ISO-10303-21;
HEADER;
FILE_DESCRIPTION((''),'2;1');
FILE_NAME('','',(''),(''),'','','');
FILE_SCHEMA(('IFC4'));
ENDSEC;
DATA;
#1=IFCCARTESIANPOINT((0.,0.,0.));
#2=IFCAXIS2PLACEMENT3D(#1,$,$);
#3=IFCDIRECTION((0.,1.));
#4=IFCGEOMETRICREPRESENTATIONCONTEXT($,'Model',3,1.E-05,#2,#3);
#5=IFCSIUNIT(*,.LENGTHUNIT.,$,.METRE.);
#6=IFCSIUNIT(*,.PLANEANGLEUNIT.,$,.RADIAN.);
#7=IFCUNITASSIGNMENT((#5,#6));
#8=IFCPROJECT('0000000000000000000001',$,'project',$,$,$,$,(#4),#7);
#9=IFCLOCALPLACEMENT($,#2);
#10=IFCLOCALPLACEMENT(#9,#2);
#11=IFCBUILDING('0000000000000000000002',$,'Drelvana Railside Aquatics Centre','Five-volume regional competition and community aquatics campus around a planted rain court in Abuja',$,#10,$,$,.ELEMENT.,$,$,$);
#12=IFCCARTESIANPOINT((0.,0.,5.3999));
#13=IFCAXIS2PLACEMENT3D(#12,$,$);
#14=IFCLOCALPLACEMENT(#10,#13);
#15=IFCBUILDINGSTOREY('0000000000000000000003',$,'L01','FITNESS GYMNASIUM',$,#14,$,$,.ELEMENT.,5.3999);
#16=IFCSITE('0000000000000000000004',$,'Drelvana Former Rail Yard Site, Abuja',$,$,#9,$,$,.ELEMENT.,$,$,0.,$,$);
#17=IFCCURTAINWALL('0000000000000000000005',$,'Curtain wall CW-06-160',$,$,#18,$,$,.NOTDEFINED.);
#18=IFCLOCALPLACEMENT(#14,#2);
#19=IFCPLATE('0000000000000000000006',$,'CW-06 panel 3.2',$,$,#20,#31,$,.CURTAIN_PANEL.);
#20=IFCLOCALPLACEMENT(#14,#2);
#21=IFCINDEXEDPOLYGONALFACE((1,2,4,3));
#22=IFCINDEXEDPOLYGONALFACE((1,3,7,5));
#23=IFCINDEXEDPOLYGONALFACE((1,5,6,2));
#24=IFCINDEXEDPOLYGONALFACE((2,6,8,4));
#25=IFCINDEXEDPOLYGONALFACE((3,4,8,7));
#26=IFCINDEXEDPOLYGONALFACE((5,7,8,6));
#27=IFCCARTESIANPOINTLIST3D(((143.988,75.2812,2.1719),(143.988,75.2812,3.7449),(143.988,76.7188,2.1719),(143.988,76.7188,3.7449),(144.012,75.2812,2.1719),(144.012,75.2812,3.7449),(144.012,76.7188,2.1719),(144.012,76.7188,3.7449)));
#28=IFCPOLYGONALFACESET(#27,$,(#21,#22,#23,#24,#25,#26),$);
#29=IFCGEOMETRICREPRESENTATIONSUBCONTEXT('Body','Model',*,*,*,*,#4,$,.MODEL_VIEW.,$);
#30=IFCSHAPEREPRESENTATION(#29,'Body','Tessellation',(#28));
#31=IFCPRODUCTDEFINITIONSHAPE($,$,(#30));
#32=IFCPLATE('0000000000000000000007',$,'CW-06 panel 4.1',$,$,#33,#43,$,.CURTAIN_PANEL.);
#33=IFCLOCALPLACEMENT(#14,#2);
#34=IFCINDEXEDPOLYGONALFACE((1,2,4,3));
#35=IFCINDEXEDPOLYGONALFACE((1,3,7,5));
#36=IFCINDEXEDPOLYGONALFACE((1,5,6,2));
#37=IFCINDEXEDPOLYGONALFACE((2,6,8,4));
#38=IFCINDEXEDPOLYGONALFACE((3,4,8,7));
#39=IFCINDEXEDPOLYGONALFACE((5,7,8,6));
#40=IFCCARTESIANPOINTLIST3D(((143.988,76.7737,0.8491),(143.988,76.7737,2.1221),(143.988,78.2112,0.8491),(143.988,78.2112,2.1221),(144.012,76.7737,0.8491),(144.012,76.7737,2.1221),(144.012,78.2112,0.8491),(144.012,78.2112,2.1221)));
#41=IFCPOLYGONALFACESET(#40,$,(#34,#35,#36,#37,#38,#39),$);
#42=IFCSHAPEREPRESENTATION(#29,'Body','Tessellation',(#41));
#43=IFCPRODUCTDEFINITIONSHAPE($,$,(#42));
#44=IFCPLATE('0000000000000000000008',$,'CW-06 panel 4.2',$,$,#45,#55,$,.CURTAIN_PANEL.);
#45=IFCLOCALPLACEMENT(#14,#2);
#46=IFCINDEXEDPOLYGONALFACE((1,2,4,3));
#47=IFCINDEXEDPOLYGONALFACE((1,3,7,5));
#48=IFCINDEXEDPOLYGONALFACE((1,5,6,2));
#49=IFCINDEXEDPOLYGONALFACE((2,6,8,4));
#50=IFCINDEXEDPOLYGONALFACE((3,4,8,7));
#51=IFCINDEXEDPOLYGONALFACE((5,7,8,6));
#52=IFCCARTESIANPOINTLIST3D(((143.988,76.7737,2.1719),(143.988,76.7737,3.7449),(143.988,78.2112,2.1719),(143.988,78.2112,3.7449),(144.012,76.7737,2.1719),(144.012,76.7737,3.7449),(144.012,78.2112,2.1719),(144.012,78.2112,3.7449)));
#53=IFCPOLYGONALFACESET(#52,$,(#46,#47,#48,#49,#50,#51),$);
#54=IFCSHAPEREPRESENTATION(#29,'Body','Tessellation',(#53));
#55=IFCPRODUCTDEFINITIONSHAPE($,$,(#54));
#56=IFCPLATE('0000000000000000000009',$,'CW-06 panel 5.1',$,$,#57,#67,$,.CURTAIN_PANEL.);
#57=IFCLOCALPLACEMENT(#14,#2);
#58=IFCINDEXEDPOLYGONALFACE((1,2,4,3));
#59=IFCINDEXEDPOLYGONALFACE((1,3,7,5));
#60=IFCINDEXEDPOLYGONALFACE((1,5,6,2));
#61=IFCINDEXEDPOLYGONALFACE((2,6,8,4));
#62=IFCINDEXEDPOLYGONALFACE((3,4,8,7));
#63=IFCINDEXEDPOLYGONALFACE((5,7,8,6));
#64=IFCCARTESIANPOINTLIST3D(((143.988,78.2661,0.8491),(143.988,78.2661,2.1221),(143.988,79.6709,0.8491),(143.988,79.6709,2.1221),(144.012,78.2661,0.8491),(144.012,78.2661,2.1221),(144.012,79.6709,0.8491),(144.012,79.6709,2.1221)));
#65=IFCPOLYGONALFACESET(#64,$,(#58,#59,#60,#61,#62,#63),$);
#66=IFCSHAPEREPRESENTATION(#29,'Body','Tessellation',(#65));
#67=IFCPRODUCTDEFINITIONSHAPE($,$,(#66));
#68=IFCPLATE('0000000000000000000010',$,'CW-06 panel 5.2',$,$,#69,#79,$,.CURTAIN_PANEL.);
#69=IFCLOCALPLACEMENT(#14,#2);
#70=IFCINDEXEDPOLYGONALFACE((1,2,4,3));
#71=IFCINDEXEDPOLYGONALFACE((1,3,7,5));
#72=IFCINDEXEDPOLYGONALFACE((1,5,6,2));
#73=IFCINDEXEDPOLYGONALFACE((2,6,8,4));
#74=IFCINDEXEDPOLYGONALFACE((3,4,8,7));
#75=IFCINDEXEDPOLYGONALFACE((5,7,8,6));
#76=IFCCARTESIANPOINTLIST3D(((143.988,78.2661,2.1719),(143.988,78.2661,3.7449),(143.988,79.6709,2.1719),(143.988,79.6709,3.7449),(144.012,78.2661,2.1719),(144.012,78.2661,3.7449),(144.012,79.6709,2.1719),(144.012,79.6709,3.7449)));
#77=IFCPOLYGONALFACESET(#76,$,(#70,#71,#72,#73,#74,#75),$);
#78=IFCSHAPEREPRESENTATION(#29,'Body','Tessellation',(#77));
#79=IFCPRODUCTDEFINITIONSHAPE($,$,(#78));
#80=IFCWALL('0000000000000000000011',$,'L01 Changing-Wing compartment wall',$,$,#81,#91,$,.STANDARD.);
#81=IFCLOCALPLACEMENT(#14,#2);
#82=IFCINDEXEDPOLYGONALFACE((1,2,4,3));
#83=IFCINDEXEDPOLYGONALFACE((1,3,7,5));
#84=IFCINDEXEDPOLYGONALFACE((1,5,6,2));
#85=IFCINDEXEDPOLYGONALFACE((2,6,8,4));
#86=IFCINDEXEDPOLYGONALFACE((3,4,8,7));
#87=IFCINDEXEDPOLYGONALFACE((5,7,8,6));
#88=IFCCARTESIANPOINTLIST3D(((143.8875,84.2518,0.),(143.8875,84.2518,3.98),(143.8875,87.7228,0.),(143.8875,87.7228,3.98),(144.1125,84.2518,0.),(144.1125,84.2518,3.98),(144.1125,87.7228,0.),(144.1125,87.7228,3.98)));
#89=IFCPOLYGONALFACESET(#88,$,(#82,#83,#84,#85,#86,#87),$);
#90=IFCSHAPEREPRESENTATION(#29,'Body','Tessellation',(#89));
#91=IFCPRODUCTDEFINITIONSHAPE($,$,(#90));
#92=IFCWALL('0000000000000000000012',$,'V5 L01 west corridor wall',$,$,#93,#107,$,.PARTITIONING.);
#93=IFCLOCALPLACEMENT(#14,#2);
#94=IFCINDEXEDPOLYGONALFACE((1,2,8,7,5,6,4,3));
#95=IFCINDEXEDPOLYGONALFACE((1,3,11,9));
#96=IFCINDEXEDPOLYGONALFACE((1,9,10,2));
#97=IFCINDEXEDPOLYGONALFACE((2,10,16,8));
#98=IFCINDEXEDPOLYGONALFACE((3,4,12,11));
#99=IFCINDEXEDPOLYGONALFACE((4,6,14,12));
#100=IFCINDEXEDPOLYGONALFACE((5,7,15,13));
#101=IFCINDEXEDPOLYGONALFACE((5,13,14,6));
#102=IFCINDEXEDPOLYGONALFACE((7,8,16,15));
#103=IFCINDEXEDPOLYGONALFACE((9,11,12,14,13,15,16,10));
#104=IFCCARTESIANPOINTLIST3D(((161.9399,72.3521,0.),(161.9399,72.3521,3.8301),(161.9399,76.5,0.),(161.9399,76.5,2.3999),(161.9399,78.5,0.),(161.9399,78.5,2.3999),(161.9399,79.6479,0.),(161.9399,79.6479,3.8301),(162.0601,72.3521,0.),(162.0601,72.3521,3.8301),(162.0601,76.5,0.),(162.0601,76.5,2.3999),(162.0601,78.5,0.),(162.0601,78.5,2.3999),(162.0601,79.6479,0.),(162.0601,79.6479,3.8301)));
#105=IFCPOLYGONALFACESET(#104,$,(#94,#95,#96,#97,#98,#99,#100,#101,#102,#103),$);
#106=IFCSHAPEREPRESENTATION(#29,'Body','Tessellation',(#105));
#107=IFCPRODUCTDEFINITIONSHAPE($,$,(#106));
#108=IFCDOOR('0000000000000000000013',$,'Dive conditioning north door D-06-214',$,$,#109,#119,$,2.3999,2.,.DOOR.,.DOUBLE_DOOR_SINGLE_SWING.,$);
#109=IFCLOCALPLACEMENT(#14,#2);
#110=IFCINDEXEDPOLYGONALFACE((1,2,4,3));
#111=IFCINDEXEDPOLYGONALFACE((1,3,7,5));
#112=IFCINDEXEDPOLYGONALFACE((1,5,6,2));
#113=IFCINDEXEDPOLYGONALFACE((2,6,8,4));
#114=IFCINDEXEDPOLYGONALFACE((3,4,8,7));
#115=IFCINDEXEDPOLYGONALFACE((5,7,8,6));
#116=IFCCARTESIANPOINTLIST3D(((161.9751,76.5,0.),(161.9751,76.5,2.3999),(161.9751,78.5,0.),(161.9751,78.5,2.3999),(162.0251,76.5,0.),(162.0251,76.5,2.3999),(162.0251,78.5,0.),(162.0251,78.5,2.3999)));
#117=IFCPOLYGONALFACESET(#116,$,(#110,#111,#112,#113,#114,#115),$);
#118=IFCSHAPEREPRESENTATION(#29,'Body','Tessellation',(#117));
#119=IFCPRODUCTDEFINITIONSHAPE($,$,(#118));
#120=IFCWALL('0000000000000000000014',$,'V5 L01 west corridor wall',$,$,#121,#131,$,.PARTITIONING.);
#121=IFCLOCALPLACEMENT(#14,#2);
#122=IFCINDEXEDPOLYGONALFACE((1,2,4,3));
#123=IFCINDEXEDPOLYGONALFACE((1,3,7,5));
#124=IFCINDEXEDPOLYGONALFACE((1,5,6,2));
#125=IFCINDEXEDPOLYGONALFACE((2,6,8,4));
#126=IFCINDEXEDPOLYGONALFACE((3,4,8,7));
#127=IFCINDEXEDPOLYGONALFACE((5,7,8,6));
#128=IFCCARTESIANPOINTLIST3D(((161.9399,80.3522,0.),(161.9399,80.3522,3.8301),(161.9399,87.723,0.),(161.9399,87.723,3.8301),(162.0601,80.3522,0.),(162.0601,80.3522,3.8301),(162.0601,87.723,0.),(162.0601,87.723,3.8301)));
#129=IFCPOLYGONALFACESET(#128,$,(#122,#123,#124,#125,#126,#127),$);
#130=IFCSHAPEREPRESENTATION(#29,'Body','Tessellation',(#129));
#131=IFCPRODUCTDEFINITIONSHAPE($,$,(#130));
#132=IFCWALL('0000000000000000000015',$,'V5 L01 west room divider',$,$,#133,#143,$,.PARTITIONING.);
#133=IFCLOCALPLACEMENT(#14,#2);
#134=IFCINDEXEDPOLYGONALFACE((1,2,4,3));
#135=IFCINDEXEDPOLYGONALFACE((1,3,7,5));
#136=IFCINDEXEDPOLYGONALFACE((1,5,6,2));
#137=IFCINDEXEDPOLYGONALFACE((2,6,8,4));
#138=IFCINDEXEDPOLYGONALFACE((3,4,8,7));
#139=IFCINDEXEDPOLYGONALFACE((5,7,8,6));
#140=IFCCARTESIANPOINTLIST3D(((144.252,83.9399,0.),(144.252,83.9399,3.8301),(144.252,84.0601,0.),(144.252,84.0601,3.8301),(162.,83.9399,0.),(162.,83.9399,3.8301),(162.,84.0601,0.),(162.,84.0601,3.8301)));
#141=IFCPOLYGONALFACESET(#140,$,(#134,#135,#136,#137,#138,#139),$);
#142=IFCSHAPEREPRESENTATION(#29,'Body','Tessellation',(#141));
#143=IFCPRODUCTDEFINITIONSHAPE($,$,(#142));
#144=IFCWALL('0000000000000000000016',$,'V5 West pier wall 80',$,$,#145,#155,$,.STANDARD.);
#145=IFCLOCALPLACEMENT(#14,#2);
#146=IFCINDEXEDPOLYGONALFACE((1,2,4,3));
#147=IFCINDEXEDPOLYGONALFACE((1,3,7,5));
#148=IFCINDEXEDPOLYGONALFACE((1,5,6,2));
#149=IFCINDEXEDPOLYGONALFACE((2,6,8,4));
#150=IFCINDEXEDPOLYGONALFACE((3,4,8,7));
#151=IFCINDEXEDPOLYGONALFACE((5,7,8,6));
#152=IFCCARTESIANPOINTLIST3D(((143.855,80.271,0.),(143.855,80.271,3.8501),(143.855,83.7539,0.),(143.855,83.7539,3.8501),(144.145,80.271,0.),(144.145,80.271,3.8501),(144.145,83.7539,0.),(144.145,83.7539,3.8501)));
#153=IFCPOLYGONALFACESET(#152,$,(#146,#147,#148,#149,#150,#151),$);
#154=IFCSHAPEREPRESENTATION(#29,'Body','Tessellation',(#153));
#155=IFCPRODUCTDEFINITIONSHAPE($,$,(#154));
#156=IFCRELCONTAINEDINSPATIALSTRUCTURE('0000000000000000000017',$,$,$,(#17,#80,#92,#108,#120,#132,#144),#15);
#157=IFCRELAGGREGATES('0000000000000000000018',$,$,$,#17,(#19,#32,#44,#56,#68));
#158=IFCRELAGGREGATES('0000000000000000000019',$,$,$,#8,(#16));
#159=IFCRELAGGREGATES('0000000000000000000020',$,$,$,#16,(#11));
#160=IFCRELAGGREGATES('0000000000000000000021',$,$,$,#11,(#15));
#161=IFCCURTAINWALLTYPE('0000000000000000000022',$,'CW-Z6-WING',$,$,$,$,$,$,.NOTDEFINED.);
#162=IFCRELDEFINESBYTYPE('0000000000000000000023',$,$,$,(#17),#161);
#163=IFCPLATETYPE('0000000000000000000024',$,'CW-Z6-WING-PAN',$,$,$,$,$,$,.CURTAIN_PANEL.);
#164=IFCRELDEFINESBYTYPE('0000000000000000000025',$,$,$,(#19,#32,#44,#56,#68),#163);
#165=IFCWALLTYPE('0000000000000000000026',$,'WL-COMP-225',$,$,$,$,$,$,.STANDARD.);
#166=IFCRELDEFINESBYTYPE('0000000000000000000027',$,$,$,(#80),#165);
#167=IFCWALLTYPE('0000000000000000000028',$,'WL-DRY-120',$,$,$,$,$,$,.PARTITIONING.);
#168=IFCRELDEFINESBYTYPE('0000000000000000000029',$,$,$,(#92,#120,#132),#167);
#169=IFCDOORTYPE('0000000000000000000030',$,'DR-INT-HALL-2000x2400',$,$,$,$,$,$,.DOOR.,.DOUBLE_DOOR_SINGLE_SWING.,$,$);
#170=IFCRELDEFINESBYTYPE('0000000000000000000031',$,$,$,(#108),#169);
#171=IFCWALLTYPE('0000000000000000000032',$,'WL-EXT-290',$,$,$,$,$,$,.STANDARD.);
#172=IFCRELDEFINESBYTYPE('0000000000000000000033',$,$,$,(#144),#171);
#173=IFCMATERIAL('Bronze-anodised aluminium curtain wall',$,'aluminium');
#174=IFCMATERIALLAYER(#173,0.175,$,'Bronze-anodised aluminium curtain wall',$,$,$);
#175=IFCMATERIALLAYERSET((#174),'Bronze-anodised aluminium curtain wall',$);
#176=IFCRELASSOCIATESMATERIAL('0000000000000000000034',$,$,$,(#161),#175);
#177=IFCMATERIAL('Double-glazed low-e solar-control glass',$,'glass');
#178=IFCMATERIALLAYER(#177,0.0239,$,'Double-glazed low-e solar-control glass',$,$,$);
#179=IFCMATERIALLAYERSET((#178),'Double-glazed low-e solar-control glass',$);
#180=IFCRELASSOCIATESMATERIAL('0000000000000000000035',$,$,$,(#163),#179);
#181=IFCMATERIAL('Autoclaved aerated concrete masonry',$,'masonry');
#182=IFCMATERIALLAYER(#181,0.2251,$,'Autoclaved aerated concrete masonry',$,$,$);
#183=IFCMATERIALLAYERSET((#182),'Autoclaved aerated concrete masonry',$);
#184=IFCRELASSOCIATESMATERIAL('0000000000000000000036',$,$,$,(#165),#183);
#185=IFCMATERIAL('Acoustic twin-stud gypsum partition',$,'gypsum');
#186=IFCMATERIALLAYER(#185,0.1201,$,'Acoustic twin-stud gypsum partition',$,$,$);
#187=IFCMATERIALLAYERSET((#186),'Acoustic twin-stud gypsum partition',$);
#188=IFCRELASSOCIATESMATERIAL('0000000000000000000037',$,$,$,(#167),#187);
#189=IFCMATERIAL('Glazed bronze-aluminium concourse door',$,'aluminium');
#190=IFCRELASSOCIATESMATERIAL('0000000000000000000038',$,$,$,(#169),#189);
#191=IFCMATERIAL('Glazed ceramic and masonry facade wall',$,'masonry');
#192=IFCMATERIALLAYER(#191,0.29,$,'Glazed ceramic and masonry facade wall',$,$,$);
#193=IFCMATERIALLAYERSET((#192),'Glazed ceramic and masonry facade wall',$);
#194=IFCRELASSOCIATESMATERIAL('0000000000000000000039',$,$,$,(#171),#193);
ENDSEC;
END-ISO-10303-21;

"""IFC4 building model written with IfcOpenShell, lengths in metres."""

from ifc_helpers import new_model, si_unit, direction, frame, frame_2d, origin, origin_2d, place, context, subcontext, project, spatial, rectangle, extrude, material, layer, layer_set, type_object, element, fill, aggregate, save


model = new_model("IFC4")

# Units and contexts
model_context = context("Model", 3, precision=1e-05, world=origin(), true_north=direction((0.0, 1.0)))
body_context = subcontext(model_context, "Body", "Model", "MODEL_VIEW")
ifc_project = project(units=[si_unit("LENGTHUNIT", "METRE"), si_unit("PLANEANGLEUNIT", "RADIAN")], contexts=[model_context])

# Site, building, storey
site_placement = place(None, origin())
site = spatial("IfcSite", under=ifc_project, at=site_placement, Name="Drelvana Former Rail Yard Site, Abuja", CompositionType="ELEMENT", RefElevation=0.0)
building_placement = place(site_placement, origin())
building = spatial("IfcBuilding", under=site, at=building_placement, Name="Drelvana Railside Aquatics Centre", Description="Five-volume regional competition and community aquatics campus around a planted rain court in Abuja", CompositionType="ELEMENT")
storey_placement = place(building_placement, frame((0.0, 0.0, 5.3999)))
storey = spatial("IfcBuildingStorey", under=building, at=storey_placement, Name="L01", Description="FITNESS GYMNASIUM", CompositionType="ELEMENT", Elevation=5.3999)

# Curtain wall
ifc_material_1 = material(Name="Bronze-anodised aluminium curtain wall", Category="aluminium")
ifc_layer_1 = layer(ifc_material_1, 0.175, Name="Bronze-anodised aluminium curtain wall")
ifc_layer_set_1 = layer_set([ifc_layer_1], Name="Bronze-anodised aluminium curtain wall")
curtain_wall_type = type_object("IfcCurtainWallType", Name="CW-Z6-WING", PredefinedType="NOTDEFINED", material=ifc_layer_set_1)
curtain_wall_placement = place(storey_placement, origin())
curtain_wall = element("IfcCurtainWall", 1, at=curtain_wall_placement, inside=storey, type_object=curtain_wall_type, Name="Curtain wall CW-06-160", PredefinedType="NOTDEFINED")

# Plates
ifc_material_2 = material(Name="Double-glazed low-e solar-control glass", Category="glass")
ifc_layer_2 = layer(ifc_material_2, 0.0239, Name="Double-glazed low-e solar-control glass")
ifc_layer_set_2 = layer_set([ifc_layer_2], Name="Double-glazed low-e solar-control glass")
plate_type = type_object("IfcPlateType", Name="CW-Z6-WING-PAN", PredefinedType="CURTAIN_PANEL", material=ifc_layer_set_2)
plate_1_placement = place(storey_placement, frame((144.0, 76.0, 2.1719), z_axis=(0.0, 0.0, 1.0), x_axis=(0.0, 1.0, 0.0)))
plate_1 = element("IfcPlate", 2, at=plate_1_placement, type_object=plate_type, Name="CW-06 panel 3.2", PredefinedType="CURTAIN_PANEL", context=body_context, shape_type="SweptSolid", body=[
    extrude(rectangle(XDim=1.4375, YDim=0.0239, at=origin_2d()), origin(), (0.0, 0.0, 1.0), 1.573),
])
plate_2_placement = place(storey_placement, frame((144.0, 77.4924, 0.8491), z_axis=(0.0, 0.0, 1.0), x_axis=(0.0, 1.0, 0.0)))
plate_2 = element("IfcPlate", 3, at=plate_2_placement, type_object=plate_type, Name="CW-06 panel 4.1", PredefinedType="CURTAIN_PANEL", context=body_context, shape_type="SweptSolid", body=[
    extrude(rectangle(XDim=1.4375, YDim=0.0239, at=origin_2d()), origin(), (0.0, 0.0, 1.0), 1.2729),
])
plate_3_placement = place(storey_placement, frame((144.0, 77.4924, 2.1719), z_axis=(0.0, 0.0, 1.0), x_axis=(0.0, 1.0, 0.0)))
plate_3 = element("IfcPlate", 4, at=plate_3_placement, type_object=plate_type, Name="CW-06 panel 4.2", PredefinedType="CURTAIN_PANEL", context=body_context, shape_type="SweptSolid", body=[
    extrude(rectangle(XDim=1.4375, YDim=0.0239, at=origin_2d()), origin(), (0.0, 0.0, 1.0), 1.573),
])
plate_4_placement = place(storey_placement, frame((144.0, 78.9685, 0.8491), z_axis=(0.0, 0.0, 1.0), x_axis=(0.0, 1.0, 0.0)))
plate_4 = element("IfcPlate", 5, at=plate_4_placement, type_object=plate_type, Name="CW-06 panel 5.1", PredefinedType="CURTAIN_PANEL", context=body_context, shape_type="SweptSolid", body=[
    extrude(rectangle(XDim=1.4048, YDim=0.0239, at=origin_2d()), origin(), (0.0, 0.0, 1.0), 1.2729),
])
plate_5_placement = place(storey_placement, frame((144.0, 78.9685, 2.1719), z_axis=(0.0, 0.0, 1.0), x_axis=(0.0, 1.0, 0.0)))
plate_5 = element("IfcPlate", 6, at=plate_5_placement, type_object=plate_type, Name="CW-06 panel 5.2", PredefinedType="CURTAIN_PANEL", context=body_context, shape_type="SweptSolid", body=[
    extrude(rectangle(XDim=1.4048, YDim=0.0239, at=origin_2d()), origin(), (0.0, 0.0, 1.0), 1.573),
])
aggregate(curtain_wall, [plate_1, plate_2, plate_3, plate_4, plate_5])

# Wall
ifc_material_3 = material(Name="Autoclaved aerated concrete masonry", Category="masonry")
ifc_layer_3 = layer(ifc_material_3, 0.2251, Name="Autoclaved aerated concrete masonry")
ifc_layer_set_3 = layer_set([ifc_layer_3], Name="Autoclaved aerated concrete masonry")
wall_type_1 = type_object("IfcWallType", Name="WL-COMP-225", PredefinedType="STANDARD", material=ifc_layer_set_3)
wall_1_placement = place(storey_placement, frame((144.0, 84.252, 0.0), z_axis=(0.0, 0.0, 1.0), x_axis=(0.0, 1.0, 0.0)))
element("IfcWall", 7, at=wall_1_placement, inside=storey, type_object=wall_type_1, Name="L01 Changing-Wing compartment wall", PredefinedType="STANDARD", context=body_context, shape_type="SweptSolid", body=[
    extrude(rectangle(XDim=3.4709, YDim=0.2251, at=frame_2d((1.7354, 0.0))), origin(), (0.0, 0.0, 1.0), 3.98),
])

# Wall, opening, door
ifc_material_4 = material(Name="Acoustic twin-stud gypsum partition", Category="gypsum")
ifc_layer_4 = layer(ifc_material_4, 0.1201, Name="Acoustic twin-stud gypsum partition")
ifc_layer_set_4 = layer_set([ifc_layer_4], Name="Acoustic twin-stud gypsum partition")
wall_type_2 = type_object("IfcWallType", Name="WL-DRY-120", PredefinedType="PARTITIONING", material=ifc_layer_set_4)
wall_2_placement = place(storey_placement, frame((162.0, 72.3521, 0.0), z_axis=(0.0, 0.0, 1.0), x_axis=(0.0, 1.0, 0.0)))
wall_2 = element("IfcWall", 8, at=wall_2_placement, inside=storey, type_object=wall_type_2, Name="V5 L01 west corridor wall", PredefinedType="PARTITIONING", context=body_context, shape_type="SweptSolid", body=[
    extrude(rectangle(XDim=7.2959, YDim=0.1201, at=frame_2d((3.6479, 0.0))), origin(), (0.0, 0.0, 1.0), 3.8301),
])
opening_placement = place(wall_2_placement, frame((4.1479, 0.0, 0.0)))
opening = element("IfcOpeningElement", 9, at=opening_placement, cuts=wall_2, PredefinedType="OPENING", context=body_context, shape_type="SweptSolid", body=[
    extrude(rectangle(XDim=2.0, YDim=2.3999, at=frame_2d((1.0, 1.2))), frame((0.0, 0.0701, 0.0), z_axis=(0.0, -1.0, 0.0), x_axis=(1.0, 0.0, 0.0)), (0.0, 0.0, 1.0), 0.1401),
])
ifc_material_5 = material(Name="Glazed bronze-aluminium concourse door", Category="aluminium")
door_type = type_object("IfcDoorType", Name="DR-INT-HALL-2000x2400", OperationType="DOUBLE_DOOR_SINGLE_SWING", PredefinedType="DOOR", material=ifc_material_5)
door_placement = place(opening_placement, origin())
door = element("IfcDoor", 10, at=door_placement, inside=storey, type_object=door_type, Name="Dive conditioning north door D-06-214", OperationType="DOUBLE_DOOR_SINGLE_SWING", OverallHeight=2.3999, OverallWidth=2.0, PredefinedType="DOOR", context=body_context, shape_type="SweptSolid", body=[
    extrude(rectangle(XDim=2.0, YDim=2.3999, at=frame_2d((1.0, 1.2))), frame((0.0, 0.0249, 0.0), z_axis=(0.0, -1.0, 0.0), x_axis=(1.0, 0.0, 0.0)), (0.0, 0.0, 1.0), 0.05),
])
fill(opening, door)

# Walls
wall_3_placement = place(storey_placement, frame((162.0, 80.3521, 0.0), z_axis=(0.0, 0.0, 1.0), x_axis=(0.0, 1.0, 0.0)))
element("IfcWall", 11, at=wall_3_placement, inside=storey, type_object=wall_type_2, Name="V5 L01 west corridor wall", PredefinedType="PARTITIONING", context=body_context, shape_type="SweptSolid", body=[
    extrude(rectangle(XDim=7.3708, YDim=0.1201, at=frame_2d((3.6855, 0.0))), origin(), (0.0, 0.0, 1.0), 3.8301),
])
wall_4_placement = place(storey_placement, frame((144.252, 84.0, 0.0), z_axis=(0.0, 0.0, 1.0), x_axis=(1.0, 0.0, 0.0)))
element("IfcWall", 12, at=wall_4_placement, inside=storey, type_object=wall_type_2, Name="V5 L01 west room divider", PredefinedType="PARTITIONING", context=body_context, shape_type="SweptSolid", body=[
    extrude(rectangle(XDim=17.748, YDim=0.1201, at=frame_2d((8.874, 0.0))), origin(), (0.0, 0.0, 1.0), 3.8301),
])
ifc_material_6 = material(Name="Glazed ceramic and masonry facade wall", Category="masonry")
ifc_layer_5 = layer(ifc_material_6, 0.29, Name="Glazed ceramic and masonry facade wall")
ifc_layer_set_5 = layer_set([ifc_layer_5], Name="Glazed ceramic and masonry facade wall")
wall_type_3 = type_object("IfcWallType", Name="WL-EXT-290", PredefinedType="STANDARD", material=ifc_layer_set_5)
wall_5_placement = place(storey_placement, frame((144.0, 80.271, 0.0), z_axis=(0.0, 0.0, 1.0), x_axis=(0.0, 1.0, 0.0)))
element("IfcWall", 13, at=wall_5_placement, inside=storey, type_object=wall_type_3, Name="V5 West pier wall 80", PredefinedType="STANDARD", context=body_context, shape_type="SweptSolid", body=[
    extrude(rectangle(XDim=3.4829, YDim=0.29, at=frame_2d((1.7415, 0.0))), origin(), (0.0, 0.0, 1.0), 3.8501),
])

save(model, "model.ifc")
